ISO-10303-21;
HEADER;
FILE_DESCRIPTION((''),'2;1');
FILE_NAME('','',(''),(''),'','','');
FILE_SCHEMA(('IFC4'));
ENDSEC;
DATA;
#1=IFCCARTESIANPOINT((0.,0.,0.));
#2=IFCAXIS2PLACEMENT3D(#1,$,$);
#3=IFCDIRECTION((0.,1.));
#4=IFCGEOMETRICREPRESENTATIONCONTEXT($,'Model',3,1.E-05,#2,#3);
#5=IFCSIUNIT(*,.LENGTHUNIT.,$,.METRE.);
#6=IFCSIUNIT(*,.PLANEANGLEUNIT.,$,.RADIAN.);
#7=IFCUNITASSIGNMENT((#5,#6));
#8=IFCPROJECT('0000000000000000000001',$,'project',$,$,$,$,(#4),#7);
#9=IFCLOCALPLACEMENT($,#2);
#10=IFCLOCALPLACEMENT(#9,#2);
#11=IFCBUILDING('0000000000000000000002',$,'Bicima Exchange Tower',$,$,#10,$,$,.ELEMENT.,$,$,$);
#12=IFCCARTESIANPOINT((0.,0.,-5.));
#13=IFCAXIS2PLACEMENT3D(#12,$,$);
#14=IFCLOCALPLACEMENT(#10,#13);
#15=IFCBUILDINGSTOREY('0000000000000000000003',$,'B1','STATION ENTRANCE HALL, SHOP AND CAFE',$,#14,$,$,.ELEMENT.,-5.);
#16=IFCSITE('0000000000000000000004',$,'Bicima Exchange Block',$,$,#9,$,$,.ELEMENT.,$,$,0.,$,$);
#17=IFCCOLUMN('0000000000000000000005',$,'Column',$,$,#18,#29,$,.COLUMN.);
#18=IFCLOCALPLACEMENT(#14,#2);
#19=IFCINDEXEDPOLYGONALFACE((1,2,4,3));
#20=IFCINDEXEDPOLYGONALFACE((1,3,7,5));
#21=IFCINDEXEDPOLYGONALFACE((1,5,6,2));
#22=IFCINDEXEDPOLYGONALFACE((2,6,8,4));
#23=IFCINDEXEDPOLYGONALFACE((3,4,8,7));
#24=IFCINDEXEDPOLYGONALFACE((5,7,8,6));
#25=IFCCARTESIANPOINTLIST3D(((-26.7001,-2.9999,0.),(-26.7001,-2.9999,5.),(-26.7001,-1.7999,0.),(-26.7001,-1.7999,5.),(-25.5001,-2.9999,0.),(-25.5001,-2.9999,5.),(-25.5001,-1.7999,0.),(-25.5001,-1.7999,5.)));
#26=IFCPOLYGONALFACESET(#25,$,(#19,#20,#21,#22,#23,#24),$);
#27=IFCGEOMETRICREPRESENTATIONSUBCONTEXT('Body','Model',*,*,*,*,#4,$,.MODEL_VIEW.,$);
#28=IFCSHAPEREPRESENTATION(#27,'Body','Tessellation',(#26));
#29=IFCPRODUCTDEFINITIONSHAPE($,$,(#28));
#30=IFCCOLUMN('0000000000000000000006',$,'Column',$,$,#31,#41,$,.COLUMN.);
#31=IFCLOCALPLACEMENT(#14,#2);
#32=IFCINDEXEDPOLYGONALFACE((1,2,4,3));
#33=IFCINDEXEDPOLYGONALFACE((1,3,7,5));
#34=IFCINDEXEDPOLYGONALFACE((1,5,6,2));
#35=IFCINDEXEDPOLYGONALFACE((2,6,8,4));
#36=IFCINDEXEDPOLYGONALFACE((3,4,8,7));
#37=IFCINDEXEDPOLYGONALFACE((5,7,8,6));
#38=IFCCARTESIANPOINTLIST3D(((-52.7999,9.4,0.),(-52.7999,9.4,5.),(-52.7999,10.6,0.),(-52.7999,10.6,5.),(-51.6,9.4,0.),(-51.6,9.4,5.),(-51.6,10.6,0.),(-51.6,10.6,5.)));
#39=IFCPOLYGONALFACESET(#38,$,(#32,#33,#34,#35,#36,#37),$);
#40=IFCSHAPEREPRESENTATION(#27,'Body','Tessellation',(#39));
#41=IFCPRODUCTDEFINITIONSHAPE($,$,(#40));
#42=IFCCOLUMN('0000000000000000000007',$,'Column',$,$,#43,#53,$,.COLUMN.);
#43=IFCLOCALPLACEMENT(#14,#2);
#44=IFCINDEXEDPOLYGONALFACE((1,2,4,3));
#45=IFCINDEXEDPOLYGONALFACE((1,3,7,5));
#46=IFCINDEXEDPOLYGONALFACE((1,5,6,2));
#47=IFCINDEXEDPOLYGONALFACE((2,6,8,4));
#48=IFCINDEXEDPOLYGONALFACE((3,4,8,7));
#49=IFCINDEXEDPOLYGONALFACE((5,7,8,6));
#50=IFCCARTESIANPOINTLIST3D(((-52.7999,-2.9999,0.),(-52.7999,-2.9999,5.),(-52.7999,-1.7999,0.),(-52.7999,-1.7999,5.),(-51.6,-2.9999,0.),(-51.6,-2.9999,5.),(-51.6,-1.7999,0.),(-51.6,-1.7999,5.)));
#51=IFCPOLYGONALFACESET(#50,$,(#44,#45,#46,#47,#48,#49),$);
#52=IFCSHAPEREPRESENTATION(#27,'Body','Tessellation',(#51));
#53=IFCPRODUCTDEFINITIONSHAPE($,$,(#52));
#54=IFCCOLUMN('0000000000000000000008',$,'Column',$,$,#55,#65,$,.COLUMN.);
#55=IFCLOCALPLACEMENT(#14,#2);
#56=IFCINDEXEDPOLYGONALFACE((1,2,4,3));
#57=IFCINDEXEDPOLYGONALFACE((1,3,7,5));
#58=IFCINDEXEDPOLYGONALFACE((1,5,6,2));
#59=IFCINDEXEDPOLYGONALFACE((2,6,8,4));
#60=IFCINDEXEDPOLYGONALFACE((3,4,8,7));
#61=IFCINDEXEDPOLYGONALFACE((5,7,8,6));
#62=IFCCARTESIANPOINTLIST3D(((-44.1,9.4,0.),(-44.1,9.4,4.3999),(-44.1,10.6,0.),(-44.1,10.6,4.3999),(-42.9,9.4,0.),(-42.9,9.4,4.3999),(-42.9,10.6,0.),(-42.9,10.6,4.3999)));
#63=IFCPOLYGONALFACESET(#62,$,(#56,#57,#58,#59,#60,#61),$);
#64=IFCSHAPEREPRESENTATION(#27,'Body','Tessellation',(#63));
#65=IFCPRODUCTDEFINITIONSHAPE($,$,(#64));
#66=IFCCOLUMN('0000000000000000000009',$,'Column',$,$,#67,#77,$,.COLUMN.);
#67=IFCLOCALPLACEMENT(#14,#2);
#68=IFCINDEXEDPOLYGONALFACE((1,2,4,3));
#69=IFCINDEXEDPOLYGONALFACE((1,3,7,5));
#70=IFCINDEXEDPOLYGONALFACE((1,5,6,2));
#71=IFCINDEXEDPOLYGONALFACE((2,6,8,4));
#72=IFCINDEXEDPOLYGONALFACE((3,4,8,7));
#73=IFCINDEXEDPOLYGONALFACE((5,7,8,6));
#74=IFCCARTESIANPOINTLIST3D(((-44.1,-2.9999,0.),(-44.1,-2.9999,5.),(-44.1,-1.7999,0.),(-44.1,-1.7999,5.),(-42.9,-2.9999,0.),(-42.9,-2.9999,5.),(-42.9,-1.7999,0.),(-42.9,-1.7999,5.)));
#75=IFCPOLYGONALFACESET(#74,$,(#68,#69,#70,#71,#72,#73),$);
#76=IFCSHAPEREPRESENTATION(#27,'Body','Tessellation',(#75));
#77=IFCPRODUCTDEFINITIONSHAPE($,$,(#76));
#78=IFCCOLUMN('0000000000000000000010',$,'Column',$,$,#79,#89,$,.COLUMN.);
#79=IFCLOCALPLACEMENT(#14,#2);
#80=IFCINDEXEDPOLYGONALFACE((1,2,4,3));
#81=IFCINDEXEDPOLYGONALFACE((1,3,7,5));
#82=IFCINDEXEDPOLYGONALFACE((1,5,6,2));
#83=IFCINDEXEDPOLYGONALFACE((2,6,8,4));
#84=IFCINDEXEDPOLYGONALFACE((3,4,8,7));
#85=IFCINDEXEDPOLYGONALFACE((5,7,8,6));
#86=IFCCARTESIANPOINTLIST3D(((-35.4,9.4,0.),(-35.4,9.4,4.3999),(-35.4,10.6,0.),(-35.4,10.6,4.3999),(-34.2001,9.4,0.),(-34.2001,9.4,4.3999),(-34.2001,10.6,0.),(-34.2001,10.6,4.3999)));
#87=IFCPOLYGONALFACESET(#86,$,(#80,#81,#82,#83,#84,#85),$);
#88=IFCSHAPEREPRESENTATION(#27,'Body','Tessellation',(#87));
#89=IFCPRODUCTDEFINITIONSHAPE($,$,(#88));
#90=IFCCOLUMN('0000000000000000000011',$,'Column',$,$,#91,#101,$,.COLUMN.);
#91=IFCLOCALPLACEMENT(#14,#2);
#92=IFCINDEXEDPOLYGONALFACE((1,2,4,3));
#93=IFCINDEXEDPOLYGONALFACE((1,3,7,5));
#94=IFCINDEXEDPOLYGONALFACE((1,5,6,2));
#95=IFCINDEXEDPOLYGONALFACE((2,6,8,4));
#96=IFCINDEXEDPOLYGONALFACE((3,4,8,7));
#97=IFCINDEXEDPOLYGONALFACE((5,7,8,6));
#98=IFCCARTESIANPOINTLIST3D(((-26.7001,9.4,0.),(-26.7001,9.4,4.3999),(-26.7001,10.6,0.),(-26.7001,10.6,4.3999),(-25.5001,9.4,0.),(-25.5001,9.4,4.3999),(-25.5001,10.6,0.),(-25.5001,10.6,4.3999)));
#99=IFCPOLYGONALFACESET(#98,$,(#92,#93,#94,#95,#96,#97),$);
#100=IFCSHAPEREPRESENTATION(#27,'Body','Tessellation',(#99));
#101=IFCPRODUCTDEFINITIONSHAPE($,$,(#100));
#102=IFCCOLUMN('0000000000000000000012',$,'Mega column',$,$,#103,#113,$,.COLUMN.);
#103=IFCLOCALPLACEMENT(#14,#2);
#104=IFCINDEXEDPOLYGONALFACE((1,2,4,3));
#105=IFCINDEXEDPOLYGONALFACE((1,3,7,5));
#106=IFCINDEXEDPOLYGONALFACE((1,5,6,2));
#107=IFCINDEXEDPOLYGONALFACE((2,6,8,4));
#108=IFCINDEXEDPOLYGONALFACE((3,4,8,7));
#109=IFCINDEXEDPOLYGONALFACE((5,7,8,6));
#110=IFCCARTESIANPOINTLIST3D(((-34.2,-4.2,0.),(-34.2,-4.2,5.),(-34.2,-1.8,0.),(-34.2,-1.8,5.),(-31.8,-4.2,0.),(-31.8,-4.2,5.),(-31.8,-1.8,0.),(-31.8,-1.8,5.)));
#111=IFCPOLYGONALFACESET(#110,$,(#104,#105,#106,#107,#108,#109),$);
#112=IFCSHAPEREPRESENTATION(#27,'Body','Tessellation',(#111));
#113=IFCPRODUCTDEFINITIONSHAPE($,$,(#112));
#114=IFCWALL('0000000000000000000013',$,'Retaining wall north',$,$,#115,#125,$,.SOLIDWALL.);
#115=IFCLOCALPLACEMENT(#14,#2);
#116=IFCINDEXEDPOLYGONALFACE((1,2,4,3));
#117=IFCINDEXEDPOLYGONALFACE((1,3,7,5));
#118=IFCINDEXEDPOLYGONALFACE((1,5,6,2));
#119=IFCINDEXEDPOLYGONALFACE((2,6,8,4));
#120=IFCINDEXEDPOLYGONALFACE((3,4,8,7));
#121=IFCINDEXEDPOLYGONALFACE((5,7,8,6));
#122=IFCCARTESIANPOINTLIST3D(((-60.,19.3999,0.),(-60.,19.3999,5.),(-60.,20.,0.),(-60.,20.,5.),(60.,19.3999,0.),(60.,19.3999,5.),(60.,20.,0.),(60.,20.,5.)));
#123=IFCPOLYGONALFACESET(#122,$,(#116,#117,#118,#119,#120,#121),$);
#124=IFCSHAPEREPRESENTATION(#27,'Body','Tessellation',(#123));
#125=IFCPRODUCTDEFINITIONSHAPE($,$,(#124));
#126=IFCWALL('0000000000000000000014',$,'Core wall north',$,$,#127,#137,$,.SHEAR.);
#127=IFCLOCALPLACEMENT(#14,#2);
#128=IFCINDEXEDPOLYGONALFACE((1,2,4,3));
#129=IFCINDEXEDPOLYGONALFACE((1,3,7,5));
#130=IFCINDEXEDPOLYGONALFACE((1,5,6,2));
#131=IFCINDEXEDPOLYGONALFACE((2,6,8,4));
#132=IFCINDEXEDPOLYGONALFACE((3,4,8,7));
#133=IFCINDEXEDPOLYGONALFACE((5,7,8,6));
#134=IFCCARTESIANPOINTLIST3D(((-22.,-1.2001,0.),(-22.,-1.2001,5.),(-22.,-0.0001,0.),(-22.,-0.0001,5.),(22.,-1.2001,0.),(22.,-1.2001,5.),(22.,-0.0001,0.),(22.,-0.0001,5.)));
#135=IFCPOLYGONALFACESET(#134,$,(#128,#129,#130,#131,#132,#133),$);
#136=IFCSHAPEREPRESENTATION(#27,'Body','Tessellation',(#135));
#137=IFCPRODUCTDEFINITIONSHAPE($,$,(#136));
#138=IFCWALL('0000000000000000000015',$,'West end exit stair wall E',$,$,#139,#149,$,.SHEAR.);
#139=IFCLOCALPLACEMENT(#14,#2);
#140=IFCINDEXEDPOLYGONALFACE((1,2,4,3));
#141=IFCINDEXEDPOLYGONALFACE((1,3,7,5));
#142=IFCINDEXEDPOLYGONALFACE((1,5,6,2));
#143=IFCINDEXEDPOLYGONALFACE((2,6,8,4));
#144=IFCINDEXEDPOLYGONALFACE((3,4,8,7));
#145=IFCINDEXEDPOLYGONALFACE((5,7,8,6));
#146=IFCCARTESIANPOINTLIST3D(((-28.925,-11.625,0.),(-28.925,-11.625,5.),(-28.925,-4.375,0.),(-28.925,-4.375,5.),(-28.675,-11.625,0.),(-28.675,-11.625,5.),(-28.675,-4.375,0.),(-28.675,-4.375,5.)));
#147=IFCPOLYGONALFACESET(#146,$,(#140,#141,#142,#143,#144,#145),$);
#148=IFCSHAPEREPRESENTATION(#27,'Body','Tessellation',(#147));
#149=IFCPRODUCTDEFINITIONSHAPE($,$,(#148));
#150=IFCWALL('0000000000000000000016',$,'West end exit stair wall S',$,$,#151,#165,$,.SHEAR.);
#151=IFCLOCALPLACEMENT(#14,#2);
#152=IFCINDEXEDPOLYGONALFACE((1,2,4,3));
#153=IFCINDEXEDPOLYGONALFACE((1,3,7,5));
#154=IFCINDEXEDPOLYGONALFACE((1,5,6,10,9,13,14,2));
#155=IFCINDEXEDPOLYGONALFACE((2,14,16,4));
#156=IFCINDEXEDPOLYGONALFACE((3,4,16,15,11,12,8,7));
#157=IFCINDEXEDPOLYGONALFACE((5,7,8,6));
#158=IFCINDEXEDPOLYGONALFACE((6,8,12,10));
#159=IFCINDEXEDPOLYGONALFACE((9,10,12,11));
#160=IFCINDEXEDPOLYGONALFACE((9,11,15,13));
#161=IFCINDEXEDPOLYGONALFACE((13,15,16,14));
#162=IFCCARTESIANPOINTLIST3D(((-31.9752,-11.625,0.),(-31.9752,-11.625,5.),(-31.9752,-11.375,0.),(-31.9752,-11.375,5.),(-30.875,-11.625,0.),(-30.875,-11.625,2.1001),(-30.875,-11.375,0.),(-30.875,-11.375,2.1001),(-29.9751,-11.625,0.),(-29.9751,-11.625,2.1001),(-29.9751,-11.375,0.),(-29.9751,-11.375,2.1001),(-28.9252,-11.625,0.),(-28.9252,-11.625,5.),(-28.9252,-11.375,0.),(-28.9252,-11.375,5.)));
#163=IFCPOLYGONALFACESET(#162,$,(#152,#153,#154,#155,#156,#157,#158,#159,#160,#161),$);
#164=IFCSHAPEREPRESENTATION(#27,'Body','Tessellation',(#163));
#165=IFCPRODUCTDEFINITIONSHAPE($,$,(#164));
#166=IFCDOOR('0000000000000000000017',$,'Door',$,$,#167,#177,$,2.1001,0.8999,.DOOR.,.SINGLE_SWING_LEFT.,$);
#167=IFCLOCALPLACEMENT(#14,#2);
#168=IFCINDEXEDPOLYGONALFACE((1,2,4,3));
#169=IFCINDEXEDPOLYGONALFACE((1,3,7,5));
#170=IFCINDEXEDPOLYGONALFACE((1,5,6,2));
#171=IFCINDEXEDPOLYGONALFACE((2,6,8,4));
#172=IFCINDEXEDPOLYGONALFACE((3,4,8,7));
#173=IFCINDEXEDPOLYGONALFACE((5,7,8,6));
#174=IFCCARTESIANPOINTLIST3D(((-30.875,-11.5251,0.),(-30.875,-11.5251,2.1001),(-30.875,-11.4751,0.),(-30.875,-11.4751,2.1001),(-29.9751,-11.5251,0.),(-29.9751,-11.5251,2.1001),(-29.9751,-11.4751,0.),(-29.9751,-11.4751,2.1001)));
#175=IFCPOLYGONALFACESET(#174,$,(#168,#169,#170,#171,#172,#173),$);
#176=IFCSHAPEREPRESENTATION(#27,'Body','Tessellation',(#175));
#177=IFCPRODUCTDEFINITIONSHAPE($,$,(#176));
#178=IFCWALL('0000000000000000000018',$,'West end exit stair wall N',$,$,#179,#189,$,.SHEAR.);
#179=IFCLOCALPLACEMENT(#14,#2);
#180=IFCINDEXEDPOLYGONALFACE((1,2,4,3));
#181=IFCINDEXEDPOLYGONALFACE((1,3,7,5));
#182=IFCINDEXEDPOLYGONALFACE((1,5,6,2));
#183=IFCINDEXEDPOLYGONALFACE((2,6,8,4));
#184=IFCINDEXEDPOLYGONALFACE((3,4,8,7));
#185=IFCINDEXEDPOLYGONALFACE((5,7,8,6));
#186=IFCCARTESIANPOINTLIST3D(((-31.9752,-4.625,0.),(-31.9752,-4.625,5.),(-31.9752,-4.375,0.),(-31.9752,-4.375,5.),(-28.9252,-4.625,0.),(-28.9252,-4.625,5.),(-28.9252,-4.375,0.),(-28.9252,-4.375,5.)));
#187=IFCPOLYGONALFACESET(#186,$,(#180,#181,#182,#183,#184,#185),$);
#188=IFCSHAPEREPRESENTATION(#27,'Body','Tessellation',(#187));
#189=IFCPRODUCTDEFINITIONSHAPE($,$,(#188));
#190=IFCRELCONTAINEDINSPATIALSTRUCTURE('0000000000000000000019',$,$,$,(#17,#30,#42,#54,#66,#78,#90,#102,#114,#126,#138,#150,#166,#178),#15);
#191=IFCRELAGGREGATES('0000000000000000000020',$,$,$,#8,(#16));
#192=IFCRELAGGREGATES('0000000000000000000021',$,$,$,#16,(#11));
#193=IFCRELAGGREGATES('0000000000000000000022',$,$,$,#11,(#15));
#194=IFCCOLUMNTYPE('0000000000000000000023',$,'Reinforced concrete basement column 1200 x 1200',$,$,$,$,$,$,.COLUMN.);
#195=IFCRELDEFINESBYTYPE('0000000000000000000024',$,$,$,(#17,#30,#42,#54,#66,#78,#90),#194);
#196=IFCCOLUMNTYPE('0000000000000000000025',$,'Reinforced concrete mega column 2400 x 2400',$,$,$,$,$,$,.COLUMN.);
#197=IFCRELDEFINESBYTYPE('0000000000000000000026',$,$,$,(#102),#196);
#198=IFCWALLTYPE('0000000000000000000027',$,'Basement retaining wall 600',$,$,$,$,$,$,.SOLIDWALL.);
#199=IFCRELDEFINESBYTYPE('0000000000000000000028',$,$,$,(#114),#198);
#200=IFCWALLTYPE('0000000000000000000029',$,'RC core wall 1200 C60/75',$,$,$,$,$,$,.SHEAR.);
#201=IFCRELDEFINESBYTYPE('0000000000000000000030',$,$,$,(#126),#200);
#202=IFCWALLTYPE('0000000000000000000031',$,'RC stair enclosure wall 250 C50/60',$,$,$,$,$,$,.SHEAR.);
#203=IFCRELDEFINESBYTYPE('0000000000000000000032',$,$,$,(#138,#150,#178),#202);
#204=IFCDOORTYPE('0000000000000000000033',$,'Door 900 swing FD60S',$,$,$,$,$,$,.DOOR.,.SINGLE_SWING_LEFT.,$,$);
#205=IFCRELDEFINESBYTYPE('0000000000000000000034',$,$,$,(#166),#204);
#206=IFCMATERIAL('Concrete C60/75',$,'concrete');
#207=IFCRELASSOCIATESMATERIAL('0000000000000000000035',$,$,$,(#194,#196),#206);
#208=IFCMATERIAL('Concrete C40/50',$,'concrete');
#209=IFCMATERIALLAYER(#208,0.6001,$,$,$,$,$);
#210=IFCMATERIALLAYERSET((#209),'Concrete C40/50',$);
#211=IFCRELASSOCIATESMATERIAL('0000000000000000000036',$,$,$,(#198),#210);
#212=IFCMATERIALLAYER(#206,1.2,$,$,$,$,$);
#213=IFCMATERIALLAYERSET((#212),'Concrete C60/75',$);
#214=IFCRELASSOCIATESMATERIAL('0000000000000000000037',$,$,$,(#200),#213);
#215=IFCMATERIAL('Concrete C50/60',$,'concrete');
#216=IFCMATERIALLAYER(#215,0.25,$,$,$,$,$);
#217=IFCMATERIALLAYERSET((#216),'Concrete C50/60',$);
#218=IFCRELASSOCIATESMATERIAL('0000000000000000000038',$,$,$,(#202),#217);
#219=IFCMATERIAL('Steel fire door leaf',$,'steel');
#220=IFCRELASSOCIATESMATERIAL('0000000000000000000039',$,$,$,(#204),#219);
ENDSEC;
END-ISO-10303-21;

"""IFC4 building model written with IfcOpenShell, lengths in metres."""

from ifc_helpers import new_model, si_unit, direction, frame, frame_2d, origin, origin_2d, place, context, subcontext, project, spatial, rectangle, extrude, material, layer, layer_set, material_profile, profile_set, type_object, element, fill, save


model = new_model("IFC4")

# Units and contexts
model_context = context("Model", 3, precision=1e-05, world=origin(), true_north=direction((0.0, 1.0)))
body_context = subcontext(model_context, "Body", "Model", "MODEL_VIEW")
ifc_project = project(units=[si_unit("LENGTHUNIT", "METRE"), si_unit("PLANEANGLEUNIT", "RADIAN")], contexts=[model_context])

# Site, building, storey
site_placement = place(None, origin())
site = spatial("IfcSite", under=ifc_project, at=site_placement, Name="Bicima Exchange Block", CompositionType="ELEMENT", RefElevation=0.0)
building_placement = place(site_placement, origin())
building = spatial("IfcBuilding", under=site, at=building_placement, Name="Bicima Exchange Tower", CompositionType="ELEMENT")
storey_placement = place(building_placement, frame((0.0, 0.0, -5.0)))
storey = spatial("IfcBuildingStorey", under=building, at=storey_placement, Name="B1", Description="STATION ENTRANCE HALL, SHOP AND CAFE", CompositionType="ELEMENT", Elevation=-5.0)

# Columns
ifc_material_1 = material(Name="Concrete C60/75", Category="concrete")
ifc_material_profile_1 = material_profile(ifc_material_1, rectangle(XDim=1.2, YDim=1.2, at=origin_2d()))
ifc_profile_set_1 = profile_set([ifc_material_profile_1], Name="Concrete C60/75")
column_type_1 = type_object("IfcColumnType", Name="Reinforced concrete basement column 1200 x 1200", PredefinedType="COLUMN", material=ifc_profile_set_1)
for number, where, z_axis, x_axis, name in (
    (1, (-26.1001, -2.3999, 0.0), (0.0, 0.0, 1.0), (1.0, 0.0, 0.0), "Column"),
    (2, (-52.2, 10.0, 0.0), (0.0, 0.0, 1.0), (1.0, 0.0, 0.0), "Column"),
    (3, (-52.2, -2.3999, 0.0), (0.0, 0.0, 1.0), (1.0, 0.0, 0.0), "Column"),
):
    element("IfcColumn", number, at=place(storey_placement, frame(where, z_axis=z_axis, x_axis=x_axis)), inside=storey, type_object=column_type_1, Name=name, PredefinedType="COLUMN", context=body_context, shape_type="SweptSolid", body=[
        extrude(rectangle(XDim=1.2, YDim=1.2, at=origin_2d()), origin(), (0.0, 0.0, 1.0), 5.0),
    ])
column_1_placement = place(storey_placement, frame((-43.5, 10.0, 0.0), z_axis=(0.0, 0.0, 1.0), x_axis=(1.0, 0.0, 0.0)))
element("IfcColumn", 4, at=column_1_placement, inside=storey, type_object=column_type_1, Name="Column", PredefinedType="COLUMN", context=body_context, shape_type="SweptSolid", body=[
    extrude(rectangle(XDim=1.2, YDim=1.2, at=origin_2d()), origin(), (0.0, 0.0, 1.0), 4.3999),
])
column_2_placement = place(storey_placement, frame((-43.5, -2.3999, 0.0), z_axis=(0.0, 0.0, 1.0), x_axis=(1.0, 0.0, 0.0)))
element("IfcColumn", 5, at=column_2_placement, inside=storey, type_object=column_type_1, Name="Column", PredefinedType="COLUMN", context=body_context, shape_type="SweptSolid", body=[
    extrude(rectangle(XDim=1.2, YDim=1.2, at=origin_2d()), origin(), (0.0, 0.0, 1.0), 5.0),
])
for number, where, z_axis, x_axis, name in (
    (6, (-34.8, 10.0, 0.0), (0.0, 0.0, 1.0), (1.0, 0.0, 0.0), "Column"),
    (7, (-26.1001, 10.0, 0.0), (0.0, 0.0, 1.0), (1.0, 0.0, 0.0), "Column"),
):
    element("IfcColumn", number, at=place(storey_placement, frame(where, z_axis=z_axis, x_axis=x_axis)), inside=storey, type_object=column_type_1, Name=name, PredefinedType="COLUMN", context=body_context, shape_type="SweptSolid", body=[
        extrude(rectangle(XDim=1.2, YDim=1.2, at=origin_2d()), origin(), (0.0, 0.0, 1.0), 4.3999),
    ])
ifc_material_profile_2 = material_profile(ifc_material_1, rectangle(XDim=2.3999, YDim=2.3999, at=origin_2d()))
ifc_profile_set_2 = profile_set([ifc_material_profile_2], Name="Concrete C60/75")
column_type_2 = type_object("IfcColumnType", Name="Reinforced concrete mega column 2400 x 2400", PredefinedType="COLUMN", material=ifc_profile_set_2)
column_3_placement = place(storey_placement, frame((-33.0, -3.0, 0.0), z_axis=(0.0, 0.0, 1.0), x_axis=(1.0, 0.0, 0.0)))
element("IfcColumn", 8, at=column_3_placement, inside=storey, type_object=column_type_2, Name="Mega column", PredefinedType="COLUMN", context=body_context, shape_type="SweptSolid", body=[
    extrude(rectangle(XDim=2.3999, YDim=2.3999, at=origin_2d()), origin(), (0.0, 0.0, 1.0), 5.0),
])

# Walls
ifc_material_2 = material(Name="Concrete C40/50", Category="concrete")
ifc_layer_1 = layer(ifc_material_2, 0.6001)
ifc_layer_set_1 = layer_set([ifc_layer_1], Name="Concrete C40/50")
wall_type_1 = type_object("IfcWallType", Name="Basement retaining wall 600", PredefinedType="SOLIDWALL", material=ifc_layer_set_1)
wall_1_placement = place(storey_placement, frame((-60.0, 19.7, 0.0), z_axis=(0.0, 0.0, 1.0), x_axis=(1.0, 0.0, 0.0)))
element("IfcWall", 9, at=wall_1_placement, inside=storey, type_object=wall_type_1, Name="Retaining wall north", PredefinedType="SOLIDWALL", context=body_context, shape_type="SweptSolid", body=[
    extrude(rectangle(XDim=120.0, YDim=0.6001, at=frame_2d((60.0, 0.0))), origin(), (0.0, 0.0, 1.0), 5.0),
])
ifc_layer_2 = layer(ifc_material_1, 1.2)
ifc_layer_set_2 = layer_set([ifc_layer_2], Name="Concrete C60/75")
wall_type_2 = type_object("IfcWallType", Name="RC core wall 1200 C60/75", PredefinedType="SHEAR", material=ifc_layer_set_2)
wall_2_placement = place(storey_placement, frame((-22.0, -0.6001, 0.0), z_axis=(0.0, 0.0, 1.0), x_axis=(1.0, 0.0, 0.0)))
element("IfcWall", 10, at=wall_2_placement, inside=storey, type_object=wall_type_2, Name="Core wall north", PredefinedType="SHEAR", context=body_context, shape_type="SweptSolid", body=[
    extrude(rectangle(XDim=44.0, YDim=1.2, at=frame_2d((22.0, 0.0))), origin(), (0.0, 0.0, 1.0), 5.0),
])
ifc_material_3 = material(Name="Concrete C50/60", Category="concrete")
ifc_layer_3 = layer(ifc_material_3, 0.25)
ifc_layer_set_3 = layer_set([ifc_layer_3], Name="Concrete C50/60")
wall_type_3 = type_object("IfcWallType", Name="RC stair enclosure wall 250 C50/60", PredefinedType="SHEAR", material=ifc_layer_set_3)
wall_3_placement = place(storey_placement, frame((-28.8, -11.625, 0.0), z_axis=(0.0, 0.0, 1.0), x_axis=(0.0, 1.0, 0.0)))
element("IfcWall", 11, at=wall_3_placement, inside=storey, type_object=wall_type_3, Name="West end exit stair wall E", PredefinedType="SHEAR", context=body_context, shape_type="SweptSolid", body=[
    extrude(rectangle(XDim=7.25, YDim=0.25, at=frame_2d((3.625, 0.0))), origin(), (0.0, 0.0, 1.0), 5.0),
])

# Wall, opening, door
wall_4_placement = place(storey_placement, frame((-31.9751, -11.5, 0.0), z_axis=(0.0, 0.0, 1.0), x_axis=(1.0, 0.0, 0.0)))
wall_4 = element("IfcWall", 12, at=wall_4_placement, inside=storey, type_object=wall_type_3, Name="West end exit stair wall S", PredefinedType="SHEAR", context=body_context, shape_type="SweptSolid", body=[
    extrude(rectangle(XDim=3.05, YDim=0.25, at=frame_2d((1.5249, 0.0))), origin(), (0.0, 0.0, 1.0), 5.0),
])
opening_placement = place(wall_4_placement, frame((1.1001, 0.0, 0.0)))
opening = element("IfcOpeningElement", 13, at=opening_placement, cuts=wall_4, PredefinedType="OPENING", context=body_context, shape_type="SweptSolid", body=[
    extrude(rectangle(XDim=0.8999, YDim=2.1001, at=frame_2d((0.45, 1.05))), frame((0.0, 0.137, 0.0), z_axis=(0.0, -1.0, 0.0), x_axis=(1.0, 0.0, 0.0)), (0.0, 0.0, 1.0), 0.2739),
])
ifc_material_4 = material(Name="Steel fire door leaf", Category="steel")
door_type = type_object("IfcDoorType", Name="Door 900 swing FD60S", OperationType="SINGLE_SWING_LEFT", PredefinedType="DOOR", material=ifc_material_4)
door_placement = place(opening_placement, origin())
door = element("IfcDoor", 14, at=door_placement, inside=storey, type_object=door_type, Name="Door", OperationType="SINGLE_SWING_LEFT", OverallHeight=2.1001, OverallWidth=0.8999, PredefinedType="DOOR", context=body_context, shape_type="SweptSolid", body=[
    extrude(rectangle(XDim=0.8999, YDim=2.1001, at=frame_2d((0.45, 1.05))), frame((0.0, 0.0249, 0.0), z_axis=(0.0, -1.0, 0.0), x_axis=(1.0, 0.0, 0.0)), (0.0, 0.0, 1.0), 0.05),
])
fill(opening, door)

# Wall
wall_5_placement = place(storey_placement, frame((-31.9751, -4.5, 0.0), z_axis=(0.0, 0.0, 1.0), x_axis=(1.0, 0.0, 0.0)))
element("IfcWall", 15, at=wall_5_placement, inside=storey, type_object=wall_type_3, Name="West end exit stair wall N", PredefinedType="SHEAR", context=body_context, shape_type="SweptSolid", body=[
    extrude(rectangle(XDim=3.05, YDim=0.25, at=frame_2d((1.5249, 0.0))), origin(), (0.0, 0.0, 1.0), 5.0),
])

save(model, "model.ifc")
